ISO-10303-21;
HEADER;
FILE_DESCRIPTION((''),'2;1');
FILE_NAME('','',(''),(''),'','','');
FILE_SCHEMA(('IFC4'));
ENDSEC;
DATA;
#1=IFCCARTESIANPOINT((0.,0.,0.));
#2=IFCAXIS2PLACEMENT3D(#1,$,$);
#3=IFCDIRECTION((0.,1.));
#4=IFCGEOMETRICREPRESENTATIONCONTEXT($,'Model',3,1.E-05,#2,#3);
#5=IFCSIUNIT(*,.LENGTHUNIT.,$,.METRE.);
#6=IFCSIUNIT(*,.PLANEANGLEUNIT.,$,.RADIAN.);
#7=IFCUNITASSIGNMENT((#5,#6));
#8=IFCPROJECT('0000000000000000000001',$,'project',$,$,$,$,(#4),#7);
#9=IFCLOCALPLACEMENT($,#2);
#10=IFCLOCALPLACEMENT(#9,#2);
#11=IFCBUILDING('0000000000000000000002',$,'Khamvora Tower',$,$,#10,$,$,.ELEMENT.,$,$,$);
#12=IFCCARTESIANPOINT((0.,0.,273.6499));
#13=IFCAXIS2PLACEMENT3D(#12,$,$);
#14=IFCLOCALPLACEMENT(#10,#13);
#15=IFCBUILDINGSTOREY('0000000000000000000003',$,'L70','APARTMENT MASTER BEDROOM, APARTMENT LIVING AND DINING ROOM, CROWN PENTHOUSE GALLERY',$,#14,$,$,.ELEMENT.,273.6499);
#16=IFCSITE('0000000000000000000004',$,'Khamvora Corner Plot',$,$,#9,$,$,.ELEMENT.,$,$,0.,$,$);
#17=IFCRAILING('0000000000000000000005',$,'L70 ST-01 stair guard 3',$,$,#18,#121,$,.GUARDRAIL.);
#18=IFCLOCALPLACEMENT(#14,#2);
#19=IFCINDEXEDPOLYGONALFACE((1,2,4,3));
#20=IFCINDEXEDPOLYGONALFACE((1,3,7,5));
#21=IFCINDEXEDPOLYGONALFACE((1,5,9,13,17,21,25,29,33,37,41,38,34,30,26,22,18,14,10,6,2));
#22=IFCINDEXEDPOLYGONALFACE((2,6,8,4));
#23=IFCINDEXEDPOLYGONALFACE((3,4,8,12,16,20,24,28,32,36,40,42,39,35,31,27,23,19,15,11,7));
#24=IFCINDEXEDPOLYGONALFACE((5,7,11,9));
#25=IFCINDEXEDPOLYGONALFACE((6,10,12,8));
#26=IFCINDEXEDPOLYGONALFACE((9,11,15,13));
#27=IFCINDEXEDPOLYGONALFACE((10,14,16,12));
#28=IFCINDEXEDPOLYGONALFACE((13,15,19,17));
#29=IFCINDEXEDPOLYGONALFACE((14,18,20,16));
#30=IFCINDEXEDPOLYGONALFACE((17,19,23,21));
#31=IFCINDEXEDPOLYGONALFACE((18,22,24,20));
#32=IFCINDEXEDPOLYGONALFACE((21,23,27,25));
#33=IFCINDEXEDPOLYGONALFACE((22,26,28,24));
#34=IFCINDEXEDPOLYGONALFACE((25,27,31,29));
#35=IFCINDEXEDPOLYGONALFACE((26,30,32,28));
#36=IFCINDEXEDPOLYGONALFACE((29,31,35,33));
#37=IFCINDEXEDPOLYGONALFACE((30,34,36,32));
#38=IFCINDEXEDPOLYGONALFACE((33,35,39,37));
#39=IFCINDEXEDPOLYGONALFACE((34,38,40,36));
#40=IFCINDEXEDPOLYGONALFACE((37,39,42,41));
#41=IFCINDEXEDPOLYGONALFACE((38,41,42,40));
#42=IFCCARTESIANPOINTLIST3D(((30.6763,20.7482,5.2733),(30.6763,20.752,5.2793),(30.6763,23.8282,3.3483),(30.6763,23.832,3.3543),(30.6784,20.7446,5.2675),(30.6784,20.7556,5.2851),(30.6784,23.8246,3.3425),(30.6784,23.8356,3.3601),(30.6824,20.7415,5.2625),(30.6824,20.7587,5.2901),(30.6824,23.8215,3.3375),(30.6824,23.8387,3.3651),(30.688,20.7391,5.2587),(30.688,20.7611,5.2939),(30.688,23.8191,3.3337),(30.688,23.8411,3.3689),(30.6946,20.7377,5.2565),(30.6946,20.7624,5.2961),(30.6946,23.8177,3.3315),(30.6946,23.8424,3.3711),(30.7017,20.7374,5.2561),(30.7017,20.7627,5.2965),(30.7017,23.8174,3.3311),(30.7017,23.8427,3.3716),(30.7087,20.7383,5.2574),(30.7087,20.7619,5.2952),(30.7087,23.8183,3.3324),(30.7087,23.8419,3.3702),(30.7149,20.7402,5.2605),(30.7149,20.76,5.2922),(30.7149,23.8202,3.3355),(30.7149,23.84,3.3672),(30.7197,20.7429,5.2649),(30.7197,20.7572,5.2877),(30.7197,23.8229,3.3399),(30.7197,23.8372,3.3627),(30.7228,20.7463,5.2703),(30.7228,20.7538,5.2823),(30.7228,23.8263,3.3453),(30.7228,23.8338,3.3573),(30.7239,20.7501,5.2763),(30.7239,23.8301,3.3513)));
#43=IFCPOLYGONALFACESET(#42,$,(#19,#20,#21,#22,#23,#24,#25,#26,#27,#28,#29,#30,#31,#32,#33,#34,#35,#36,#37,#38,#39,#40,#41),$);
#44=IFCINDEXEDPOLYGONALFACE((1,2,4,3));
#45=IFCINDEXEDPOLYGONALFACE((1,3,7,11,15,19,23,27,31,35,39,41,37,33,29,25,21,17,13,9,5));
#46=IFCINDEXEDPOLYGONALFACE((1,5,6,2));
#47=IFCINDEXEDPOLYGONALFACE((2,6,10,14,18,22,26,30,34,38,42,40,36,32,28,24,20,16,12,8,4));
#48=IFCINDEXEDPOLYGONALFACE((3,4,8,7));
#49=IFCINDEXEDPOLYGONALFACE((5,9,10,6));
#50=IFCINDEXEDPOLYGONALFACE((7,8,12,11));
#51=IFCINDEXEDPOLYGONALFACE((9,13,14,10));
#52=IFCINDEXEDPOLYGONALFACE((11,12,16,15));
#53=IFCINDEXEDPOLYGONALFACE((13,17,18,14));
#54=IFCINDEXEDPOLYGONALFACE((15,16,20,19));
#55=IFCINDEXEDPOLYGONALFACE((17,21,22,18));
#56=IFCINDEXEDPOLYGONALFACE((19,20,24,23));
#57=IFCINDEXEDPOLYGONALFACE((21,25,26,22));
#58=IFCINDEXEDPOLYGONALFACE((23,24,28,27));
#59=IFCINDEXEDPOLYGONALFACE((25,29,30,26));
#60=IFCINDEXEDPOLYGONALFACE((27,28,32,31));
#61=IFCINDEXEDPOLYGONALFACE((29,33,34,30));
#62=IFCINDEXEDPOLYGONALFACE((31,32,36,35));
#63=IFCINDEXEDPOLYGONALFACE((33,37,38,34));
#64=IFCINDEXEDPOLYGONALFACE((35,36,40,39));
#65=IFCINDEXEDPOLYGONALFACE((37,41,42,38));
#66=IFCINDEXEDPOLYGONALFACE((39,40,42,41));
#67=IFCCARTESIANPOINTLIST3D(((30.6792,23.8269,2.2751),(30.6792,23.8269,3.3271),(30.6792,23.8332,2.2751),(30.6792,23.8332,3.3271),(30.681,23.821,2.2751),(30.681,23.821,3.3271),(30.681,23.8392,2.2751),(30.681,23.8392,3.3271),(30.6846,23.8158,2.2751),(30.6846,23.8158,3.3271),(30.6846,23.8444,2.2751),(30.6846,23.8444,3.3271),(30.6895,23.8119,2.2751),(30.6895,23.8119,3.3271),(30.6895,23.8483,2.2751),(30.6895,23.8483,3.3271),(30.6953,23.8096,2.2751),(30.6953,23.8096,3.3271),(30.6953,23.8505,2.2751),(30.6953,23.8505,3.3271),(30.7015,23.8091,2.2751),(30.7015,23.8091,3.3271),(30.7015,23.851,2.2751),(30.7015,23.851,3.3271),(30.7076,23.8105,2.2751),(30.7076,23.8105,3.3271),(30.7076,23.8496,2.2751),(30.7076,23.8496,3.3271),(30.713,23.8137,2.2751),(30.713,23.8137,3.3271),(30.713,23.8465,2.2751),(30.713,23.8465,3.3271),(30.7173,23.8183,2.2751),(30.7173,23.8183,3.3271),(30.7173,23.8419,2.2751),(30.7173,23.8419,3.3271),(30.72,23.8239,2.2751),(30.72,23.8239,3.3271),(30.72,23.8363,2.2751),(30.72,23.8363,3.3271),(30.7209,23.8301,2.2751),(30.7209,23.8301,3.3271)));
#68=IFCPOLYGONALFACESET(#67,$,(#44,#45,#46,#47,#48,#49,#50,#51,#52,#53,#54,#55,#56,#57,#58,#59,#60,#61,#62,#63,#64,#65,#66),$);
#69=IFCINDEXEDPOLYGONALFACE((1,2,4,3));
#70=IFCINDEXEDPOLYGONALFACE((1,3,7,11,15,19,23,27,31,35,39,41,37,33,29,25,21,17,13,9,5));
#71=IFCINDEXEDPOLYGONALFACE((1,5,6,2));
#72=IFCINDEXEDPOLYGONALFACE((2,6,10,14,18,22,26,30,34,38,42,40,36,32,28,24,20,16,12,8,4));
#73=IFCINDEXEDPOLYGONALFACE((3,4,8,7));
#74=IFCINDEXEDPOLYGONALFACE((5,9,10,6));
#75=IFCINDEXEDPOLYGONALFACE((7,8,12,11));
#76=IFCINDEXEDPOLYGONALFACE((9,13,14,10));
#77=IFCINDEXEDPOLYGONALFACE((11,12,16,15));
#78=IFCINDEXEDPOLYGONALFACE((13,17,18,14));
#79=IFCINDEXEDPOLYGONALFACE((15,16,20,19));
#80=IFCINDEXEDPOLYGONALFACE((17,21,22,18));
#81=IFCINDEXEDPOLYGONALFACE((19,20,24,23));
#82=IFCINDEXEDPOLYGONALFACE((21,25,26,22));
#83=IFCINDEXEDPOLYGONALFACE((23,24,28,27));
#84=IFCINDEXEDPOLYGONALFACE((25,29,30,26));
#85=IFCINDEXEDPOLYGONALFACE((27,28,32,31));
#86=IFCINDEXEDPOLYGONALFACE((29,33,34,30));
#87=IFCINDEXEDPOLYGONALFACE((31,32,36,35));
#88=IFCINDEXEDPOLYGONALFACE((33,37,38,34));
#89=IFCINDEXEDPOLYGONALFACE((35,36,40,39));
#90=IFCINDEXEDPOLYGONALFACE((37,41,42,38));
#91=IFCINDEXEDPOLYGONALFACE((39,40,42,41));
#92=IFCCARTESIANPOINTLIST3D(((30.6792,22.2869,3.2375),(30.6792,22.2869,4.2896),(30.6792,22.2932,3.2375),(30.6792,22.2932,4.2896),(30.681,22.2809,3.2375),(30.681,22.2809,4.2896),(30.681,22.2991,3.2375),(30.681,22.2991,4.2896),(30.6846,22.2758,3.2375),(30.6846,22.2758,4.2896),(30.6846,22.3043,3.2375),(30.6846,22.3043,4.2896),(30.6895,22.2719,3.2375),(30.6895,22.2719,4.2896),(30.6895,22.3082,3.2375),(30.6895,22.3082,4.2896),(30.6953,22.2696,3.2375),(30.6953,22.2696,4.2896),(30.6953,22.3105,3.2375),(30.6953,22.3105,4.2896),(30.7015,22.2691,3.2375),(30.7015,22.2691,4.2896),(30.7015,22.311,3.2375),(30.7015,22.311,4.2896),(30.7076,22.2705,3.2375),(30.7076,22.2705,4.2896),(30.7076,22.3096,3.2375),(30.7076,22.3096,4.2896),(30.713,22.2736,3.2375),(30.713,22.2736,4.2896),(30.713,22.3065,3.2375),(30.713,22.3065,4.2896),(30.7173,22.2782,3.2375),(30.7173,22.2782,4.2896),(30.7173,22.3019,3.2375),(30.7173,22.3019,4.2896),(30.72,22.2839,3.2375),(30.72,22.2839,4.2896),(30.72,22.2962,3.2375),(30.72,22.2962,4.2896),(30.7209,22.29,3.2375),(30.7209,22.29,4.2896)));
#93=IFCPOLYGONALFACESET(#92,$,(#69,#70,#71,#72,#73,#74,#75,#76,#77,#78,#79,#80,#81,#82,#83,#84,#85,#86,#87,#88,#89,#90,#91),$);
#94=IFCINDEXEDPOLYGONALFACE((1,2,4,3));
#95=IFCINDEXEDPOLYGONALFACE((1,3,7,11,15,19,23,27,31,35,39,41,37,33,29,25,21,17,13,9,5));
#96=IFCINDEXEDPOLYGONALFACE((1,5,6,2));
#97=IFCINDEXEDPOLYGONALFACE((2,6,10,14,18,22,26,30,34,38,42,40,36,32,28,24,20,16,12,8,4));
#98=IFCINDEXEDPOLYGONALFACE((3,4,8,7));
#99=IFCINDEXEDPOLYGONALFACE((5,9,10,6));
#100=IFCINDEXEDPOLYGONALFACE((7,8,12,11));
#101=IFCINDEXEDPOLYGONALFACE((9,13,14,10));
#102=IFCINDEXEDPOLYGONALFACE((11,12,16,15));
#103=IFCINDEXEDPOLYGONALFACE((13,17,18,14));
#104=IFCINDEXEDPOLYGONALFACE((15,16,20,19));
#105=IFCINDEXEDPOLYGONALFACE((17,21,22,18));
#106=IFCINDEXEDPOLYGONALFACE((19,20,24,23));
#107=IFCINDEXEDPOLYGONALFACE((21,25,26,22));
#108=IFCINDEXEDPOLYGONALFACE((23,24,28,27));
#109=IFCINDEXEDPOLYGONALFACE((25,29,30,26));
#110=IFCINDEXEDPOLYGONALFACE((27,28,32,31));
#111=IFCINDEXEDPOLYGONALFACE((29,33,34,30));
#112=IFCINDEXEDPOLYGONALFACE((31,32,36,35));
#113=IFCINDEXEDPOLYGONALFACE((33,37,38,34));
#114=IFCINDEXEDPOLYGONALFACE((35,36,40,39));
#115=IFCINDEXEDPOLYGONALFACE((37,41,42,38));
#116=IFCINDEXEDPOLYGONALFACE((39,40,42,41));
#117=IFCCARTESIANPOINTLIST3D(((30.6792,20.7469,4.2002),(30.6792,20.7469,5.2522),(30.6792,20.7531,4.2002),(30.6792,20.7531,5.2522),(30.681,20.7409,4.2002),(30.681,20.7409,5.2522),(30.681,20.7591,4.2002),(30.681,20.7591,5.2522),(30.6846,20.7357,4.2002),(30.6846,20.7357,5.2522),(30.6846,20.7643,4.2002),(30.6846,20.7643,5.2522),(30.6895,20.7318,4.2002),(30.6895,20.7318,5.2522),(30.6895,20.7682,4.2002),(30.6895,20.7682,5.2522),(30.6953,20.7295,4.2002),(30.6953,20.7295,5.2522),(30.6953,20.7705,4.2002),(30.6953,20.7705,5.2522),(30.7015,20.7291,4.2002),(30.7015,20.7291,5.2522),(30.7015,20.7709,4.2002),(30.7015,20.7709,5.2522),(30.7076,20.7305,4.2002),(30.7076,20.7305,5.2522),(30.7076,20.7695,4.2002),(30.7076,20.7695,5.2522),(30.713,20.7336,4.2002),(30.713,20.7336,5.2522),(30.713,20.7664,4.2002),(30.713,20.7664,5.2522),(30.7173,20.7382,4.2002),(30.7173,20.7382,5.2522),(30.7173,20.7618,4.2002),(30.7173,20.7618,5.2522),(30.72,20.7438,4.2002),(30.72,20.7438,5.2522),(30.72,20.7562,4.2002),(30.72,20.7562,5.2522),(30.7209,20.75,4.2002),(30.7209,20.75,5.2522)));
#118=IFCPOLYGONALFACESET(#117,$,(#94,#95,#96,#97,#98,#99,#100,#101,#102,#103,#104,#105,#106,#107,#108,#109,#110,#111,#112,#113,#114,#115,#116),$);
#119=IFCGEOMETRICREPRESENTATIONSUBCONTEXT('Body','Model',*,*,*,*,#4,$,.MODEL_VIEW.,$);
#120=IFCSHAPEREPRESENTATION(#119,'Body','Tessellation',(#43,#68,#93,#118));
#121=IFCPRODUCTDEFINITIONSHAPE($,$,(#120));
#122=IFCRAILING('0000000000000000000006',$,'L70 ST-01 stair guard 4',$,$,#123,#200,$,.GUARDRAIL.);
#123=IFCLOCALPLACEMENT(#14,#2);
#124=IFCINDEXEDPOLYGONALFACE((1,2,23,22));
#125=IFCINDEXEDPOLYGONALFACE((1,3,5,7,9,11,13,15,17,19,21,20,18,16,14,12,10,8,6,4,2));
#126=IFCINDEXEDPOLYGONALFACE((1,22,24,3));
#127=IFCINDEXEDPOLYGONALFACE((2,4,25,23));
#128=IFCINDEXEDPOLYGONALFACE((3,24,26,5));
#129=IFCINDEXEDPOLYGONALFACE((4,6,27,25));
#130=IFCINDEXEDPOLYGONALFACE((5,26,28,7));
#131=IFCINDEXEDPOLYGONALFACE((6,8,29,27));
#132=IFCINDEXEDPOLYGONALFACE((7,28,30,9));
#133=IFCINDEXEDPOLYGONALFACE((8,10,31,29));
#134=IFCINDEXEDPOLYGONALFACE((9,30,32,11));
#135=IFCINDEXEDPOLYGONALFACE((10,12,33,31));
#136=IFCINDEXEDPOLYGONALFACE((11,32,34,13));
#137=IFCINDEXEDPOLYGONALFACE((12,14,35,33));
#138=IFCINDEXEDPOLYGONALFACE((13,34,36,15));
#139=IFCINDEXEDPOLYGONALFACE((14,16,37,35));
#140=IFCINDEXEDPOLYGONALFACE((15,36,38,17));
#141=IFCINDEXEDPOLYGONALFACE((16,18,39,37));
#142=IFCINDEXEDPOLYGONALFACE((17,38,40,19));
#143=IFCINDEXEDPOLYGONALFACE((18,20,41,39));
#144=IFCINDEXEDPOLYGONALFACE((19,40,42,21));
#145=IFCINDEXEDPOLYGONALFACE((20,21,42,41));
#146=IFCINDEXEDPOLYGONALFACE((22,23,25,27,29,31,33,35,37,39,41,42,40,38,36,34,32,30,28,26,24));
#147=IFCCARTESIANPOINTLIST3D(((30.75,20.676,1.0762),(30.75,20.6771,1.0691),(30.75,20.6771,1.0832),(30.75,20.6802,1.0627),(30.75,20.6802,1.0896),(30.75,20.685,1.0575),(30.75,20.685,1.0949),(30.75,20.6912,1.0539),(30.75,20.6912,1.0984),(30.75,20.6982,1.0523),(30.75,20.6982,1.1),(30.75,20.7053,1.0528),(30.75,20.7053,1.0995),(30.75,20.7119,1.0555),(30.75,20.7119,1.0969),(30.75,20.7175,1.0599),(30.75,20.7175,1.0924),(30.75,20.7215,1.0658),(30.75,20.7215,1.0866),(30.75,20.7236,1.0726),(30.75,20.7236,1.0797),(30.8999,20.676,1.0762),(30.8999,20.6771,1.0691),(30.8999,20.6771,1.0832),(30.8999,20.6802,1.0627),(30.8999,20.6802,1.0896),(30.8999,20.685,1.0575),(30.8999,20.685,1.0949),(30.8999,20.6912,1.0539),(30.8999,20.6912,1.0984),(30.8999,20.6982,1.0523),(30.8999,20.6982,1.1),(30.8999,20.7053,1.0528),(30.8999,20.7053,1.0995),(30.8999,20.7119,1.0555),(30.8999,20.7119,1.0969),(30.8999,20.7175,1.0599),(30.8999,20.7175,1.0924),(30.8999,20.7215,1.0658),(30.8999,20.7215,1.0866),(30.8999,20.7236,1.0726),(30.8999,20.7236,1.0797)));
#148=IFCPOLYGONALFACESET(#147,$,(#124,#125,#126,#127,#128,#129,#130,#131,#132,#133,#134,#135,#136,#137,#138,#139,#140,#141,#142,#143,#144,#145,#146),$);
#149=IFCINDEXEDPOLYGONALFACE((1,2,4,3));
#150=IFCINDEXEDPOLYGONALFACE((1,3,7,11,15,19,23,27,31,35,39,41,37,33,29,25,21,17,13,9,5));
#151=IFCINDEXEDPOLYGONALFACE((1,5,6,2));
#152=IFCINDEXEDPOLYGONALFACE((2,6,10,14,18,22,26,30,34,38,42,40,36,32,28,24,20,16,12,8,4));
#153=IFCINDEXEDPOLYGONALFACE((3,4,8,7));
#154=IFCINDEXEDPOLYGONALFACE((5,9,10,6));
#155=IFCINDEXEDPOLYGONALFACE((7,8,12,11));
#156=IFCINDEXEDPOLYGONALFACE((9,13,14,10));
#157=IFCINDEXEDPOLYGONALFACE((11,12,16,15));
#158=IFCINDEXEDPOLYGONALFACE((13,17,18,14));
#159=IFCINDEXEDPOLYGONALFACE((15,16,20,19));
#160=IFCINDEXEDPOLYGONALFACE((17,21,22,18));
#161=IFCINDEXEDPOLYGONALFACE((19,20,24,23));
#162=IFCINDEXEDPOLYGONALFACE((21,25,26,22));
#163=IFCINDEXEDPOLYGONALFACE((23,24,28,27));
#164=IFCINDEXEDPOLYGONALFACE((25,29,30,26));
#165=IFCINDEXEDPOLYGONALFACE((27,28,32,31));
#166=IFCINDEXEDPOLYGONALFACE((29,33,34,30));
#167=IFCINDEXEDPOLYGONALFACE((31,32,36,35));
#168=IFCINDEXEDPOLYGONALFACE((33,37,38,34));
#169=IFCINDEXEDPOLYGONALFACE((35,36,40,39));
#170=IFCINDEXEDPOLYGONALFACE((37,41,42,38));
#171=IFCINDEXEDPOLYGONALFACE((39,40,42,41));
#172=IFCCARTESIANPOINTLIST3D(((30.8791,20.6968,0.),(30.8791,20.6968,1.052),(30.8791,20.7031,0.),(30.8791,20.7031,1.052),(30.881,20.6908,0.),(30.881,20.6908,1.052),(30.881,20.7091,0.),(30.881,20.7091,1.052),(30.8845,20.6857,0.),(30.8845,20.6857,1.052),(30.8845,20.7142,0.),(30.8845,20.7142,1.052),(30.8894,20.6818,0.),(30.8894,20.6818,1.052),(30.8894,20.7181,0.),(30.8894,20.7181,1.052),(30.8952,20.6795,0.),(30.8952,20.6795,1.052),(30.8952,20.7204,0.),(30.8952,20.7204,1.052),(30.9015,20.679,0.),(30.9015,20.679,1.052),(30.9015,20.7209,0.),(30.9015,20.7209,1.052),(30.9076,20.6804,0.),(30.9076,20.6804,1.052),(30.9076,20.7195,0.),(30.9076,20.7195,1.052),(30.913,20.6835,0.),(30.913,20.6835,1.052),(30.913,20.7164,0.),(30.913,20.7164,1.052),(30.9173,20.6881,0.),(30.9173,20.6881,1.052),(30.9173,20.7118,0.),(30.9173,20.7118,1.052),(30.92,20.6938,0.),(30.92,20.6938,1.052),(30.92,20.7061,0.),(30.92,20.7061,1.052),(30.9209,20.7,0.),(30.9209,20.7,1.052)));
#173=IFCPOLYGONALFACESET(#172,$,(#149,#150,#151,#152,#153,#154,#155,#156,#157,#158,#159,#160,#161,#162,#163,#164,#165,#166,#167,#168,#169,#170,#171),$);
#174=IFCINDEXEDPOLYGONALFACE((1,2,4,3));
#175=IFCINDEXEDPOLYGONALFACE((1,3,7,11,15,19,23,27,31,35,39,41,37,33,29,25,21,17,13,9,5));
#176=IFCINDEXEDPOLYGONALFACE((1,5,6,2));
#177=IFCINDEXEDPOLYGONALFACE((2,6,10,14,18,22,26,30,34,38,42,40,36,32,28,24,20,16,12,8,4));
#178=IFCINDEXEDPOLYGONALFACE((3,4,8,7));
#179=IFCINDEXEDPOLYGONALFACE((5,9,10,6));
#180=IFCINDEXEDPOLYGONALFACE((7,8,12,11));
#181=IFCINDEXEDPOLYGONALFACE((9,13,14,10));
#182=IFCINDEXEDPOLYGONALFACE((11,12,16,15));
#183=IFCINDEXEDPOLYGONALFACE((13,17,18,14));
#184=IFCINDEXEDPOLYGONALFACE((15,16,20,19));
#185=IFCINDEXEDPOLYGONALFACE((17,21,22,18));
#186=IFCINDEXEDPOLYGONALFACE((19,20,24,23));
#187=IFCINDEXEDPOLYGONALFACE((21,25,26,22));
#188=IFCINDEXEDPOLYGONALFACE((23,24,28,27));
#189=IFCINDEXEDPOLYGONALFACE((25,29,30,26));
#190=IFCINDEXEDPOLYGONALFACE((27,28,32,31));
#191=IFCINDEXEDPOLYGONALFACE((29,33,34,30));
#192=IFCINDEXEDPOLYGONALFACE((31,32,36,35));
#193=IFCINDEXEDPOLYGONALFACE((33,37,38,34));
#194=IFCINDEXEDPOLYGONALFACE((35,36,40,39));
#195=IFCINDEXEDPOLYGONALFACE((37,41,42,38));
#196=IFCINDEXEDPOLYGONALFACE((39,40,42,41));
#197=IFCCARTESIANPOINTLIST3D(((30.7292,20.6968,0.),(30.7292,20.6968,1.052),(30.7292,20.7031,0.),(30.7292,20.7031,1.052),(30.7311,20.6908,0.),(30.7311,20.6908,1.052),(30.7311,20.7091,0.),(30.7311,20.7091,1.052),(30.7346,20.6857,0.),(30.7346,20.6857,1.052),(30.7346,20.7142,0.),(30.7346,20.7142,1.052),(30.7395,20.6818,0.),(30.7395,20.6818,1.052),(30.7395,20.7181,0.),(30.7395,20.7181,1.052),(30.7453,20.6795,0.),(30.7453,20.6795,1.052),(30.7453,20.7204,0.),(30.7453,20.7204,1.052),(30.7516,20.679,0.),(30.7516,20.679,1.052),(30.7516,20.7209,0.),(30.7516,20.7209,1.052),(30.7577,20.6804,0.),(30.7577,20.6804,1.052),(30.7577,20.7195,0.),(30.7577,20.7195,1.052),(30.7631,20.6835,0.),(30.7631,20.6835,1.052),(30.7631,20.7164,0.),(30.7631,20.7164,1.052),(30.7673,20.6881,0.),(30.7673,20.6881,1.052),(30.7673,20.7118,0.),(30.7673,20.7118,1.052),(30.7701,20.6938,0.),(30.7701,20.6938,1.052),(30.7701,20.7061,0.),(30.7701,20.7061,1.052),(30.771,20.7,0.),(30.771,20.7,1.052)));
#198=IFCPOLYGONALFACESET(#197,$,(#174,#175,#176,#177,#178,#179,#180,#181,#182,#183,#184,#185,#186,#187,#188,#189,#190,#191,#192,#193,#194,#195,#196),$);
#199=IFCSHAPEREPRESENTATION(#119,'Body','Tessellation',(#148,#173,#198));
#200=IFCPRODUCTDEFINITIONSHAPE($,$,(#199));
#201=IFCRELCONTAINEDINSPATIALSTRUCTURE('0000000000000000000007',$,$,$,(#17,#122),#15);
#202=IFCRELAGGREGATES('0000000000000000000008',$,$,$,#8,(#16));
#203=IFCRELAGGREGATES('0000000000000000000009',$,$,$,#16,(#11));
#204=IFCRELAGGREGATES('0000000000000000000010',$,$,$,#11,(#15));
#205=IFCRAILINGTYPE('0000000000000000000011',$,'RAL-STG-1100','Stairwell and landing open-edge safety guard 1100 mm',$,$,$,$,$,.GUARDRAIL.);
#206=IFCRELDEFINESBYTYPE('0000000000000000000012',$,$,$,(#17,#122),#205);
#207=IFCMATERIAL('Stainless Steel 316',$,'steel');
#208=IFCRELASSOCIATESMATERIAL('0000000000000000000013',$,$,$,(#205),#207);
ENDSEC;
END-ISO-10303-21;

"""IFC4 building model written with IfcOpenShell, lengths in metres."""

from ifc_helpers import new_model, si_unit, direction, frame, origin, origin_2d, place, context, subcontext, project, spatial, circle, extrude, material, type_object, element, save


model = new_model("IFC4")

# Units and contexts
model_context = context("Model", 3, precision=1e-05, world=origin(), true_north=direction((0.0, 1.0)))
body_context = subcontext(model_context, "Body", "Model", "MODEL_VIEW")
ifc_project = project(units=[si_unit("LENGTHUNIT", "METRE"), si_unit("PLANEANGLEUNIT", "RADIAN")], contexts=[model_context])

# Site, building, storey
site_placement = place(None, origin())
site = spatial("IfcSite", under=ifc_project, at=site_placement, Name="Khamvora Corner Plot", CompositionType="ELEMENT", RefElevation=0.0)
building_placement = place(site_placement, origin())
building = spatial("IfcBuilding", under=site, at=building_placement, Name="Khamvora Tower", CompositionType="ELEMENT")
storey_placement = place(building_placement, frame((0.0, 0.0, 273.6499)))
storey = spatial("IfcBuildingStorey", under=building, at=storey_placement, Name="L70", Description="APARTMENT MASTER BEDROOM, APARTMENT LIVING AND DINING ROOM, CROWN PENTHOUSE GALLERY", CompositionType="ELEMENT", Elevation=273.6499)

# Railings
ifc_material_1 = material(Name="Stainless Steel 316", Category="steel")
railing_type_1 = type_object("IfcRailingType", Name="RAL-STG-1100", Description="Stairwell and landing open-edge safety guard 1100 mm", PredefinedType="GUARDRAIL", material=ifc_material_1)
railing_1_placement = place(storey_placement, frame((30.7, 23.8301, 2.2751)))
element("IfcRailing", 1, at=railing_1_placement, inside=storey, type_object=railing_type_1, Name="L70 ST-01 stair guard 3", PredefinedType="GUARDRAIL", context=body_context, shape_type="SweptSolid", body=[
    extrude(circle(Radius=0.0239, at=origin_2d()), frame((0.0, 0.0, 1.0762), z_axis=(0.0, -0.847998, 0.529999), x_axis=(1.0, 0.0, 0.0)), (0.0, 0.0, 1.0), 3.6321),
    extrude(circle(Radius=0.021, at=origin_2d()), origin(), (0.0, 0.0, 1.0), 1.052),
    extrude(circle(Radius=0.021, at=origin_2d()), frame((0.0, -1.54, 0.9624)), (0.0, 0.0, 1.0), 1.052),
    extrude(circle(Radius=0.021, at=origin_2d()), frame((0.0, -3.0801, 1.925)), (0.0, 0.0, 1.0), 1.052),
])
railing_2_placement = place(storey_placement, frame((30.8999, 20.7, 0.0)))
element("IfcRailing", 2, at=railing_2_placement, inside=storey, type_object=railing_type_1, Name="L70 ST-01 stair guard 4", PredefinedType="GUARDRAIL", context=body_context, shape_type="SweptSolid", body=[
    extrude(circle(Radius=0.0239, at=origin_2d()), frame((0.0, 0.0, 1.0762), z_axis=(-1.0, 0.0, 0.0), x_axis=(0.0, -1.0, 0.0)), (0.0, 0.0, 1.0), 0.1499),
    extrude(circle(Radius=0.021, at=origin_2d()), origin(), (0.0, 0.0, 1.0), 1.052),
    extrude(circle(Radius=0.021, at=origin_2d()), frame((-0.1499, 0.0, 0.0)), (0.0, 0.0, 1.0), 1.052),
])

save(model, "model.ifc")
